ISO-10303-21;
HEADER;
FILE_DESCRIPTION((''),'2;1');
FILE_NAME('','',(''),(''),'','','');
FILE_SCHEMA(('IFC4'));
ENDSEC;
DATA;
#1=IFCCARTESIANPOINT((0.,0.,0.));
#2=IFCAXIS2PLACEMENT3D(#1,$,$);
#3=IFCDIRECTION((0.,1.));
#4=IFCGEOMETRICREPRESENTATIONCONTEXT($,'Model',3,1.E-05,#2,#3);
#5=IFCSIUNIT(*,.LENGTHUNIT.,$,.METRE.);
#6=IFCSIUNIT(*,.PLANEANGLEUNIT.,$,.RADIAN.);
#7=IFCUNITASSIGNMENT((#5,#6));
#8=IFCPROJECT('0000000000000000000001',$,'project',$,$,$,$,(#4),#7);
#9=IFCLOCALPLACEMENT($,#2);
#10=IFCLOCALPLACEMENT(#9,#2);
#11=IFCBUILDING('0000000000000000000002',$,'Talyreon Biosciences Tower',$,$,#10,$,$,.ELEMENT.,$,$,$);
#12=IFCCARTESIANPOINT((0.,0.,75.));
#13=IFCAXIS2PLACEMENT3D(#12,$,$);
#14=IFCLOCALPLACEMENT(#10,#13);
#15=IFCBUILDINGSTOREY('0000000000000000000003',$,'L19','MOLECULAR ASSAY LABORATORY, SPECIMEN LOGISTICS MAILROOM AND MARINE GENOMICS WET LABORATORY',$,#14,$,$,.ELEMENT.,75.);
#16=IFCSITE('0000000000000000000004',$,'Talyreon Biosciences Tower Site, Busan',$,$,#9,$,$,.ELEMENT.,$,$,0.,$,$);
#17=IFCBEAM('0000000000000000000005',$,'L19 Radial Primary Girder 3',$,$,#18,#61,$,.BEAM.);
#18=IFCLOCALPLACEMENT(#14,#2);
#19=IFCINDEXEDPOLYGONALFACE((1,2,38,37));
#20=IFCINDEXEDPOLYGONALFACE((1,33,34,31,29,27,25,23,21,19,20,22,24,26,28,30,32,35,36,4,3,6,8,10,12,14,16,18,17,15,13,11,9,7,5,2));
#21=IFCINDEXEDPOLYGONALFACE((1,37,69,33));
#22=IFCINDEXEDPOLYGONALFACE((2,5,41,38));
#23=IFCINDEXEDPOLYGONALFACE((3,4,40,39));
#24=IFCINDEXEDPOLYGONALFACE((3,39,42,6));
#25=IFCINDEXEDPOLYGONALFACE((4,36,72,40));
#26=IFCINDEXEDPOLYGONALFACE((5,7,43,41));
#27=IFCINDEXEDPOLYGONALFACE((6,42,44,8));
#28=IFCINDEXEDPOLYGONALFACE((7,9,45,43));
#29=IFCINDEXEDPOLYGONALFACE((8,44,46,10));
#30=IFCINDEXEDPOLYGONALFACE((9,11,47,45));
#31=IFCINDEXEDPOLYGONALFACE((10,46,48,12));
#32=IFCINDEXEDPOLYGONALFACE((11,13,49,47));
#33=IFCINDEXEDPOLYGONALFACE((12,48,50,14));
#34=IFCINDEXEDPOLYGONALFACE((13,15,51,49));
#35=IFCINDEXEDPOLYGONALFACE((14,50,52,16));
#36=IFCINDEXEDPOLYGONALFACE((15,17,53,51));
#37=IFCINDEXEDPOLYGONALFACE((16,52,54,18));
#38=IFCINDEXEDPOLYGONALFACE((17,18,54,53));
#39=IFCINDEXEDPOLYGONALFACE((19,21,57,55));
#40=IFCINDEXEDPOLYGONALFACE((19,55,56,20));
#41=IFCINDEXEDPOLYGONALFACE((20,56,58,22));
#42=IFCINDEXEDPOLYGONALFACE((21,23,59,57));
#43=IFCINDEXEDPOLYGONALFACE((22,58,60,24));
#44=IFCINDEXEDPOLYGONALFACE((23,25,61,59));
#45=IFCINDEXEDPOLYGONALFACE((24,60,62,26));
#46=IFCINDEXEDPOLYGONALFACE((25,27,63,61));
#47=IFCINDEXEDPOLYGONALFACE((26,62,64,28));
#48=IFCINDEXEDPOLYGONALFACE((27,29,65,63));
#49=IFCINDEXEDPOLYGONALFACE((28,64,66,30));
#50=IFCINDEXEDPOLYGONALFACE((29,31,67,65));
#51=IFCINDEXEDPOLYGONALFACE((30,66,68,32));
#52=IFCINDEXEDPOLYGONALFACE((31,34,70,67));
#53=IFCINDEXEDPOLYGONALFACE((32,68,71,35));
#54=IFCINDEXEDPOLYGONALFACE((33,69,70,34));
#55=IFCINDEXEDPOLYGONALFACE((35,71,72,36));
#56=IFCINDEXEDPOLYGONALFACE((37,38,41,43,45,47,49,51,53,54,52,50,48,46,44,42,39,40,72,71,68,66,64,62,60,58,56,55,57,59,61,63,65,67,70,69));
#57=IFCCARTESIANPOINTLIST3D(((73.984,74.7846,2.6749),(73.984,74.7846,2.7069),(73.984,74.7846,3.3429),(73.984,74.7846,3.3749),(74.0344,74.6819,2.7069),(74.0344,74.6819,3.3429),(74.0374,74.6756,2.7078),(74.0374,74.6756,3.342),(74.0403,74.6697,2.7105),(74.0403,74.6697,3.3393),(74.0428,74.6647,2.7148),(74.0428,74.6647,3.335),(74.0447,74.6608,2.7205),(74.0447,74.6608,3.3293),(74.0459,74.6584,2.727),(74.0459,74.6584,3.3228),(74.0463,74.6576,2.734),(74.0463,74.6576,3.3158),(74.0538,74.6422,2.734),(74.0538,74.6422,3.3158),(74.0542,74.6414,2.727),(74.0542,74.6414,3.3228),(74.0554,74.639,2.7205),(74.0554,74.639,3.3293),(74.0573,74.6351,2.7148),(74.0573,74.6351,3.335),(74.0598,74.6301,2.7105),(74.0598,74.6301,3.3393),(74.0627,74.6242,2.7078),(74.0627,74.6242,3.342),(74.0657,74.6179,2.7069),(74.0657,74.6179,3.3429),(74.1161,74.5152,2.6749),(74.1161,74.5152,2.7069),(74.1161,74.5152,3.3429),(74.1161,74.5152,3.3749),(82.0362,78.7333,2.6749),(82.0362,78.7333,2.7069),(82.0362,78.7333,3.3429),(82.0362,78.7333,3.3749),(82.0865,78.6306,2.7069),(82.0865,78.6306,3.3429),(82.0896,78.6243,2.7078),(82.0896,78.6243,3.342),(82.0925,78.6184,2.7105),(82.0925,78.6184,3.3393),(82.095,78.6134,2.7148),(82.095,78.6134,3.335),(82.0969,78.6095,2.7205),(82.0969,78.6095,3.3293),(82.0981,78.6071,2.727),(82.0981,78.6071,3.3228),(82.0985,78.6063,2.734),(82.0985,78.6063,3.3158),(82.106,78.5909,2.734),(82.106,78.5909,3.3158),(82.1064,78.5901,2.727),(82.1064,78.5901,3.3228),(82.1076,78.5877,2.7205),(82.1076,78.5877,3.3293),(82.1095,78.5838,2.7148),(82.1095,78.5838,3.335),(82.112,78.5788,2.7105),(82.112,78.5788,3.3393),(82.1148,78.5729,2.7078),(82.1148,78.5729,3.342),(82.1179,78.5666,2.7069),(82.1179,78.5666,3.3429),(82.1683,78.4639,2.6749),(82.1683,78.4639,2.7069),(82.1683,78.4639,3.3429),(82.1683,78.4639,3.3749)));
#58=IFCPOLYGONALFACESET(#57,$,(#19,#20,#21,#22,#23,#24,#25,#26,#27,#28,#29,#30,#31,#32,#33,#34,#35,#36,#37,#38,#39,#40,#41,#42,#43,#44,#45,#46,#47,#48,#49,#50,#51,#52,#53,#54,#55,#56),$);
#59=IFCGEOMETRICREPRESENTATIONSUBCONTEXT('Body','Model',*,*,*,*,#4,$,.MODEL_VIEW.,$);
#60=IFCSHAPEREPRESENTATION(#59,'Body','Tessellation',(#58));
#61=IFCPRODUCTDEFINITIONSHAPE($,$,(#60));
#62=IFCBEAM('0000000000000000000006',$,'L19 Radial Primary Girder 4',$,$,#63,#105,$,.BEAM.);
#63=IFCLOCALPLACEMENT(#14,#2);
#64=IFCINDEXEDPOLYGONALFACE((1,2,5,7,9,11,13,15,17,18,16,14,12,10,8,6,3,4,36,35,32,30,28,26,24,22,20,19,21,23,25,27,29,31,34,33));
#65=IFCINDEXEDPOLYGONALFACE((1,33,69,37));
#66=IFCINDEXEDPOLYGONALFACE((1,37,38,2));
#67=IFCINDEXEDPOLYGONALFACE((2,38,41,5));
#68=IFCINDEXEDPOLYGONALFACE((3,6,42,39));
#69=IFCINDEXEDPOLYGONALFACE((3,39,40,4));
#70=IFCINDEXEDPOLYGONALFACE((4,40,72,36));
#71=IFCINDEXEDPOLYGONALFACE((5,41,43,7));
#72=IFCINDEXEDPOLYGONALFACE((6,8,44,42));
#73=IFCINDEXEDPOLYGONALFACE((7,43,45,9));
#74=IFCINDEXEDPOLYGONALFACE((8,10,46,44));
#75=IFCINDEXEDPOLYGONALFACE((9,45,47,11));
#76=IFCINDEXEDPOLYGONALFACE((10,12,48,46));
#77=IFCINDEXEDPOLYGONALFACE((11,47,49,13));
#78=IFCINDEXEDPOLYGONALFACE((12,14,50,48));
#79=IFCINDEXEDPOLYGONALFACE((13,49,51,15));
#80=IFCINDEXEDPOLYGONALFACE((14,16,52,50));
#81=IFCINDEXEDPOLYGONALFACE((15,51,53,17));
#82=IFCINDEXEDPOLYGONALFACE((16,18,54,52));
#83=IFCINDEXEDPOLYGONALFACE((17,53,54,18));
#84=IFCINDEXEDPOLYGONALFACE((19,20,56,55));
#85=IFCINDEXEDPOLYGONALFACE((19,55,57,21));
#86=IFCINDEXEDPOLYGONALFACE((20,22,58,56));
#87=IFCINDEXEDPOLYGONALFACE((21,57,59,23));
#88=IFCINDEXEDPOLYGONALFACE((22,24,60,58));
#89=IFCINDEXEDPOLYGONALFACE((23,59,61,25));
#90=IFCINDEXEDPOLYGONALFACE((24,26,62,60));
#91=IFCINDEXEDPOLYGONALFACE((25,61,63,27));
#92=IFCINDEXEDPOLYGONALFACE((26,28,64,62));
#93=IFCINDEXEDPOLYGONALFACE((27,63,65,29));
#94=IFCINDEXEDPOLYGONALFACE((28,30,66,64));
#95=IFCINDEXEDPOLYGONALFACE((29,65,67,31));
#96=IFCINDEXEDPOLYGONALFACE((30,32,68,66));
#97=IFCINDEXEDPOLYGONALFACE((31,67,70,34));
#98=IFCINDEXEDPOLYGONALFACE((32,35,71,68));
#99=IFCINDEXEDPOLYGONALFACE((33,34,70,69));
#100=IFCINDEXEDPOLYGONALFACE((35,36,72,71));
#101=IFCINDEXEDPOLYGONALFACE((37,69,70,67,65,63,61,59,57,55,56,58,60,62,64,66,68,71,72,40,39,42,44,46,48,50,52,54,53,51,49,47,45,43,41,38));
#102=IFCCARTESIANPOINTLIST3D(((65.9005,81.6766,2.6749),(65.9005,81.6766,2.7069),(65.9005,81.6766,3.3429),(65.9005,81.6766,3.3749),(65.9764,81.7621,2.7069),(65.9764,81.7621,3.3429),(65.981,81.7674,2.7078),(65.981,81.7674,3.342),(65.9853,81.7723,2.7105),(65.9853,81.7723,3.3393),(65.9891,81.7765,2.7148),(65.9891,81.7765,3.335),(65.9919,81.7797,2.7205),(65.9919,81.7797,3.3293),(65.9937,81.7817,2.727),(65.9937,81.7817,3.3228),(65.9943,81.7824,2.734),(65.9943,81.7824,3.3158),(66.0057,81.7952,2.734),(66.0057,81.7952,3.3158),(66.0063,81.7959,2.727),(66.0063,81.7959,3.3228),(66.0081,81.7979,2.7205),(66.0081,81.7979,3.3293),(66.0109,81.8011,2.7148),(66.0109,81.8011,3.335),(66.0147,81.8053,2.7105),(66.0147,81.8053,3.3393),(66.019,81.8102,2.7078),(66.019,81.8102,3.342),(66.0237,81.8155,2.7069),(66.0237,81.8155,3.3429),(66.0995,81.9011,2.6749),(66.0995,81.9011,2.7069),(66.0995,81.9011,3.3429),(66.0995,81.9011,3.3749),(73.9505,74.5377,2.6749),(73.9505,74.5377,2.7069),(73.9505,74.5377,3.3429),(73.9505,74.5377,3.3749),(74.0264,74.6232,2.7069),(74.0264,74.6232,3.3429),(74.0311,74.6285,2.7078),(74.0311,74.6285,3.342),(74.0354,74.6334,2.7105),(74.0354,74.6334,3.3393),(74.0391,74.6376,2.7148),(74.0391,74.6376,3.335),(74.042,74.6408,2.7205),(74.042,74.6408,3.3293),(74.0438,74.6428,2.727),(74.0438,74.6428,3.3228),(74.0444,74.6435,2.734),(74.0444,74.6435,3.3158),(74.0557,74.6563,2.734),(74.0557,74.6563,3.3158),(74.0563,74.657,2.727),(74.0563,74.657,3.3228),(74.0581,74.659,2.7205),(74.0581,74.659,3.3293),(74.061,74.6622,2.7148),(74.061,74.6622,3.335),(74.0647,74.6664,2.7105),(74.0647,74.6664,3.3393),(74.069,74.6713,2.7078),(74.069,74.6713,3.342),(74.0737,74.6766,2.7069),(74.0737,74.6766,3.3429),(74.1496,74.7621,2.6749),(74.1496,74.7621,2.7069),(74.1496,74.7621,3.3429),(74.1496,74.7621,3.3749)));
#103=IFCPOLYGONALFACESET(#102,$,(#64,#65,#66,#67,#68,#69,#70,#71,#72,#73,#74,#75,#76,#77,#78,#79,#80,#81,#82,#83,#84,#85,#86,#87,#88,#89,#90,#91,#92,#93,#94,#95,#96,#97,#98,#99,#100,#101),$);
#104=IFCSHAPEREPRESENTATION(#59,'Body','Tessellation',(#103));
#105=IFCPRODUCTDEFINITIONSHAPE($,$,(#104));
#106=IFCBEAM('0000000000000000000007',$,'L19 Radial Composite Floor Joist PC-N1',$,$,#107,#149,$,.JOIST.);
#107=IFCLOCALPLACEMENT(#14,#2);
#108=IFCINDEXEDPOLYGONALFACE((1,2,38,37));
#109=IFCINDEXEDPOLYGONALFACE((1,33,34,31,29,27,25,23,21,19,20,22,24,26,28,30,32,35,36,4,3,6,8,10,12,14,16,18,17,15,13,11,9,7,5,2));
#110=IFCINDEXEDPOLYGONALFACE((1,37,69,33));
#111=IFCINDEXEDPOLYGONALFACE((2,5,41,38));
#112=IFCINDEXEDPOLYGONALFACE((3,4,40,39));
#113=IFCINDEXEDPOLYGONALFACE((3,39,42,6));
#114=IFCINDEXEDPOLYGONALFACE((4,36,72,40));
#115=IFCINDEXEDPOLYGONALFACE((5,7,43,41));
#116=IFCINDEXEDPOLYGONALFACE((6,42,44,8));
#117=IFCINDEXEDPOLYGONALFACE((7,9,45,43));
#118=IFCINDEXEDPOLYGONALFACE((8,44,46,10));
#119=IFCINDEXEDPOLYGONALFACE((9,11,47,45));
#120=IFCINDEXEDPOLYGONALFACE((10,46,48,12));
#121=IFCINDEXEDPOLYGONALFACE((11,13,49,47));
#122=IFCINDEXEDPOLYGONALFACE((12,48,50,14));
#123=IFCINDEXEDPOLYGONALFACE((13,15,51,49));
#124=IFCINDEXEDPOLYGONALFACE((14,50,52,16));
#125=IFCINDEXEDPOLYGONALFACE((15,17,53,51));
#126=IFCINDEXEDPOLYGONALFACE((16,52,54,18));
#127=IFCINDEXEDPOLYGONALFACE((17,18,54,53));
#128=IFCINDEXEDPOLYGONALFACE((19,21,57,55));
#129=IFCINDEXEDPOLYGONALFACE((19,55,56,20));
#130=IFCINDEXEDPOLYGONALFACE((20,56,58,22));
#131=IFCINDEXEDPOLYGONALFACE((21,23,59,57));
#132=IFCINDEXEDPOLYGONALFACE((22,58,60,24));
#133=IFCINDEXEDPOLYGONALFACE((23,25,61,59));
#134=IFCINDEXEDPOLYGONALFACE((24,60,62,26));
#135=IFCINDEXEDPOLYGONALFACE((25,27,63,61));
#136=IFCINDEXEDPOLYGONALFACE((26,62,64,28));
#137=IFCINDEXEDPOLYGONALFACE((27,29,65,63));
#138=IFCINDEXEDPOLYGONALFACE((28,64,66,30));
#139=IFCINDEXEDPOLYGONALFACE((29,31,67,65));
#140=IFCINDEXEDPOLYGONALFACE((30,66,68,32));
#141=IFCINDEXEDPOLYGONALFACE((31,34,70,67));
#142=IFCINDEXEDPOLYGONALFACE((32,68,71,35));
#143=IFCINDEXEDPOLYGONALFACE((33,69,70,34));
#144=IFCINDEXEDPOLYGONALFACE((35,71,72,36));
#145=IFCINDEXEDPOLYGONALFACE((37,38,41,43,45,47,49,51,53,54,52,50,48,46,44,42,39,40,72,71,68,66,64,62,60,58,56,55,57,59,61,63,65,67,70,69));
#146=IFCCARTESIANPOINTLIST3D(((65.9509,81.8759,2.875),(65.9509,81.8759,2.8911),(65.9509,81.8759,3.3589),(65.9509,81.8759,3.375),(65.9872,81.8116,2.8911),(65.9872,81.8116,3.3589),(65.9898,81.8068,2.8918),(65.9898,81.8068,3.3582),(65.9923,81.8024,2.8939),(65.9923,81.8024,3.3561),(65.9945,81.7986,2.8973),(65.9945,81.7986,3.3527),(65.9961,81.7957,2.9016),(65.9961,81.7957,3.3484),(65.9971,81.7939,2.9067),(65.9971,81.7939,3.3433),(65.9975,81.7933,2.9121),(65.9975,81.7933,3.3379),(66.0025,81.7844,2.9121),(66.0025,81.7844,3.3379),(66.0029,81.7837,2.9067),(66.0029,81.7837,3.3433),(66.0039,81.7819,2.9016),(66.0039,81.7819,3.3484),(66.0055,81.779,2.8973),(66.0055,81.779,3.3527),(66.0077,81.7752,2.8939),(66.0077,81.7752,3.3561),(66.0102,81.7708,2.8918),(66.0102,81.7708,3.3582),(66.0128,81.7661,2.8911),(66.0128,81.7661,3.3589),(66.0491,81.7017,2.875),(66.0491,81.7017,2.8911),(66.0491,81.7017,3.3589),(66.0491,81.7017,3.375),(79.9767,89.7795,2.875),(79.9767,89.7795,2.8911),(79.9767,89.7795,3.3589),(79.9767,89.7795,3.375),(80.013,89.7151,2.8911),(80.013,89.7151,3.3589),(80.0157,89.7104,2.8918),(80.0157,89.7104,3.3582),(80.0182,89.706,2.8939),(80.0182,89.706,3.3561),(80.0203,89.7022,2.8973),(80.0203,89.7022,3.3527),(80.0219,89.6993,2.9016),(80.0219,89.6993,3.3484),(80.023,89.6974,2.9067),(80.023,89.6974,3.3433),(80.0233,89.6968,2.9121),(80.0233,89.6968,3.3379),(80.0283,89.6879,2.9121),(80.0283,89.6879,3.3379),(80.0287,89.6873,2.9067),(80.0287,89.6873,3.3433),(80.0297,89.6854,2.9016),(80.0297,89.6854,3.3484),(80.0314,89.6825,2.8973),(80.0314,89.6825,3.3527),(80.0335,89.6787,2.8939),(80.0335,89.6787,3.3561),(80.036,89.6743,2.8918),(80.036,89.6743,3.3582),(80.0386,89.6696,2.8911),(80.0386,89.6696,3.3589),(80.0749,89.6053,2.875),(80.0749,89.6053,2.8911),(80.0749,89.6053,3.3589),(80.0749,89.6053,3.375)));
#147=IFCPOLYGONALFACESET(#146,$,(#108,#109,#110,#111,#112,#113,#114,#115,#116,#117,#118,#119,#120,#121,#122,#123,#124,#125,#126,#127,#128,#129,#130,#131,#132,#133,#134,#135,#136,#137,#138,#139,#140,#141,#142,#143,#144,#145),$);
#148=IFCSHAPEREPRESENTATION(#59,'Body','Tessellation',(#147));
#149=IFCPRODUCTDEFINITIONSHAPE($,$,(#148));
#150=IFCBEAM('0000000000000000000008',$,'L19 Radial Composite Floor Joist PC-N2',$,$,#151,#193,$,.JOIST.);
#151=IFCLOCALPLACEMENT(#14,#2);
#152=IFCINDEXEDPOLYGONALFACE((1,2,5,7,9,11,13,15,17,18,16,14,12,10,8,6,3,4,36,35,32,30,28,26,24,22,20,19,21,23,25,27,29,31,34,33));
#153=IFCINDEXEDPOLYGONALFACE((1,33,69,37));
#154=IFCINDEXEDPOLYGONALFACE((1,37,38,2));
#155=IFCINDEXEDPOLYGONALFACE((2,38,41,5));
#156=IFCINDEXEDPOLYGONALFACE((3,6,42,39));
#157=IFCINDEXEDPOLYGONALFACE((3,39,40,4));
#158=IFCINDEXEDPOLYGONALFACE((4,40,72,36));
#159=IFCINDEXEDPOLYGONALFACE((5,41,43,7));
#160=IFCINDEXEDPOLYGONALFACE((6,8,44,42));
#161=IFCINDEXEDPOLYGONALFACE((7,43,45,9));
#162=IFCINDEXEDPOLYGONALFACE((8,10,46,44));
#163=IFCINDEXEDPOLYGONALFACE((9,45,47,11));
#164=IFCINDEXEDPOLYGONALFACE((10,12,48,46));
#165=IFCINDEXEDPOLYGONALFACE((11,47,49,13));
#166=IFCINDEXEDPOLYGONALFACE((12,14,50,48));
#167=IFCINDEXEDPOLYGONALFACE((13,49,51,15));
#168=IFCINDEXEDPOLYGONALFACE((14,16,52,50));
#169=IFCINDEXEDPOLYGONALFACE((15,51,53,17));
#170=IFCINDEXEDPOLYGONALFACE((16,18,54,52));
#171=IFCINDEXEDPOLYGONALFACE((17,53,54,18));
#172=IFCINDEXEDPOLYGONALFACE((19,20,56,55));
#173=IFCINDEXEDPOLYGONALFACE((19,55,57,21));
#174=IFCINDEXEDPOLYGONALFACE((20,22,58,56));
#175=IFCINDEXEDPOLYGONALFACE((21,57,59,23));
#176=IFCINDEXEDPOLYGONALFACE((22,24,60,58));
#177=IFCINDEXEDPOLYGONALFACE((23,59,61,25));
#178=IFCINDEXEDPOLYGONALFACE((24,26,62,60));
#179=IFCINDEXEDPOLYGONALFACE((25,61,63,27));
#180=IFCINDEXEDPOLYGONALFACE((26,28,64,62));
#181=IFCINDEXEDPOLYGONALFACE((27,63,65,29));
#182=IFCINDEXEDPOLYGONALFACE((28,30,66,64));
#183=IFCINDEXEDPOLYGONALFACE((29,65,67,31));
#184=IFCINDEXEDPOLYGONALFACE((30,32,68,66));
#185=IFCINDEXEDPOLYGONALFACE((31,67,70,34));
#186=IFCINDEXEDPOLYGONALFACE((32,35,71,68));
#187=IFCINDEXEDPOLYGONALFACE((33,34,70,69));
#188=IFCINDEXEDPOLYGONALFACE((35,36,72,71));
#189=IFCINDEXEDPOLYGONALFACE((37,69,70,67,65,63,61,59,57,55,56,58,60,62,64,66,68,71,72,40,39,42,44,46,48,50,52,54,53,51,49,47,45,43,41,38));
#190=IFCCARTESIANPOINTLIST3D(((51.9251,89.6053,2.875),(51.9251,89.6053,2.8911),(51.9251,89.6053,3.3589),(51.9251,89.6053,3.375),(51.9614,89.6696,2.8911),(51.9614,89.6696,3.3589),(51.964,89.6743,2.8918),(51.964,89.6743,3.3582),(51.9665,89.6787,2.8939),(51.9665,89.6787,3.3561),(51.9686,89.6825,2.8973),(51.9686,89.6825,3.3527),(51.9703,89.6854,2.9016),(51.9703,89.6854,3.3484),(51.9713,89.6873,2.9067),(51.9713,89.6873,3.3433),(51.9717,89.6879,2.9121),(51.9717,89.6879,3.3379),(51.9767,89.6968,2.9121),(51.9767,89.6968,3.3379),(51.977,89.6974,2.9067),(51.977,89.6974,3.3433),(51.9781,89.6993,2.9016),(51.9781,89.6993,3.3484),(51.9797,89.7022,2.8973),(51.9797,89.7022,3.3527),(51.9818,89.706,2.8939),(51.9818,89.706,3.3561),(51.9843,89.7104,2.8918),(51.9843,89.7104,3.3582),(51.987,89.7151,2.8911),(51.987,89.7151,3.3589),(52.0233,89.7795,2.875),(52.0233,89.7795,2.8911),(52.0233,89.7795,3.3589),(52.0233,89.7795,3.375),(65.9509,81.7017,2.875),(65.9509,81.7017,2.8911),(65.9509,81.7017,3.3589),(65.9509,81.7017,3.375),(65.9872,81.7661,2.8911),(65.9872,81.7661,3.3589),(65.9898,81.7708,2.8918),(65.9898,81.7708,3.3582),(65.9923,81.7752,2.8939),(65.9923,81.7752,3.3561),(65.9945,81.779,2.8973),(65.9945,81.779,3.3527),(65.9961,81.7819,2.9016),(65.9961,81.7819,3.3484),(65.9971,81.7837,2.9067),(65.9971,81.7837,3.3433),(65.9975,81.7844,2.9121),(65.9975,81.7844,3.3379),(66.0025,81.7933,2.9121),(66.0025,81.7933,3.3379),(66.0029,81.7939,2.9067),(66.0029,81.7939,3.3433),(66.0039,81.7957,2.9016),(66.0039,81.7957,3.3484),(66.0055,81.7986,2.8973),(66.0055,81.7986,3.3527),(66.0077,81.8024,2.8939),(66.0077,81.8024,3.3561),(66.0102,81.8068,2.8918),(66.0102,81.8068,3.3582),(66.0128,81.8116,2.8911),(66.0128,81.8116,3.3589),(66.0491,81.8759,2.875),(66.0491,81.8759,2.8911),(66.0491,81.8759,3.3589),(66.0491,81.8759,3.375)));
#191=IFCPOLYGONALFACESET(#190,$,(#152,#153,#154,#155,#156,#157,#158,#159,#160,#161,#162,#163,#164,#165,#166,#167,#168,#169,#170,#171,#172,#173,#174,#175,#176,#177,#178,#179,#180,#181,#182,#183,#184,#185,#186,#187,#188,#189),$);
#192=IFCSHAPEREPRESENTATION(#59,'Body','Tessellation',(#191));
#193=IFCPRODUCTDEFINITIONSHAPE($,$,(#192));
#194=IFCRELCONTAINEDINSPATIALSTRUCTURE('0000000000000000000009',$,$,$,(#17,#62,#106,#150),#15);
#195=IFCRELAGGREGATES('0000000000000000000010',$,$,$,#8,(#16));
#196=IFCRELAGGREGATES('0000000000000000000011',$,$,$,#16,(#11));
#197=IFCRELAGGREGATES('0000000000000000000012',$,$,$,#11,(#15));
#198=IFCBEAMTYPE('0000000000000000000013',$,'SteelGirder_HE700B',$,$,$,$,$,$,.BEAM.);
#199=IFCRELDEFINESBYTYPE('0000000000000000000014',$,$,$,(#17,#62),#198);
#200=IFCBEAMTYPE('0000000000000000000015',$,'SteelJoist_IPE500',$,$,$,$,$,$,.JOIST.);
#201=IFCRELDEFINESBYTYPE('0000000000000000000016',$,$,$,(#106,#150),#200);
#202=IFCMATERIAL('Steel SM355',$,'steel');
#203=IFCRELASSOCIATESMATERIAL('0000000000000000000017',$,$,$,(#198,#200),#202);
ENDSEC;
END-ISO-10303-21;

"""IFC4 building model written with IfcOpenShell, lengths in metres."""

from ifc_helpers import new_model, si_unit, direction, frame, origin, origin_2d, place, context, subcontext, project, spatial, i_section, extrude, material, material_profile, profile_set, type_object, element, save


model = new_model("IFC4")

# Units and contexts
model_context = context("Model", 3, precision=1e-05, world=origin(), true_north=direction((0.0, 1.0)))
body_context = subcontext(model_context, "Body", "Model", "MODEL_VIEW")
ifc_project = project(units=[si_unit("LENGTHUNIT", "METRE"), si_unit("PLANEANGLEUNIT", "RADIAN")], contexts=[model_context])

# Site, building, storey
site_placement = place(None, origin())
site = spatial("IfcSite", under=ifc_project, at=site_placement, Name="Talyreon Biosciences Tower Site, Busan", CompositionType="ELEMENT", RefElevation=0.0)
building_placement = place(site_placement, origin())
building = spatial("IfcBuilding", under=site, at=building_placement, Name="Talyreon Biosciences Tower", CompositionType="ELEMENT")
storey_placement = place(building_placement, frame((0.0, 0.0, 75.0)))
storey = spatial("IfcBuildingStorey", under=building, at=storey_placement, Name="L19", Description="MOLECULAR ASSAY LABORATORY, SPECIMEN LOGISTICS MAILROOM AND MARINE GENOMICS WET LABORATORY", CompositionType="ELEMENT", Elevation=75.0)

# Beams
ifc_material_1 = material(Name="Steel SM355", Category="steel")
ifc_material_profile_1 = material_profile(ifc_material_1, i_section(OverallWidth=0.3, OverallDepth=0.7, WebThickness=0.0171, FlangeThickness=0.032, FilletRadius=0.0271, at=origin_2d()), Name="HE700B")
ifc_profile_set_1 = profile_set([ifc_material_profile_1], Name="Steel SM355")
beam_type_1 = type_object("IfcBeamType", Name="SteelGirder_HE700B", PredefinedType="BEAM", material=ifc_profile_set_1)
beam_1_placement = place(storey_placement, frame((74.05, 74.6499, 3.0249), z_axis=(0.897852, 0.440297, 0.0), x_axis=(-0.440297, 0.897852, 0.0)))
element("IfcBeam", 1, at=beam_1_placement, inside=storey, type_object=beam_type_1, Name="L19 Radial Primary Girder 3", PredefinedType="BEAM", context=body_context, shape_type="SweptSolid", body=[
    extrude(i_section(OverallWidth=0.3, OverallDepth=0.7, WebThickness=0.0171, FlangeThickness=0.032, FilletRadius=0.0271, at=origin_2d()), origin(), (0.0, 0.0, 1.0), 8.9683),
])
beam_2_placement = place(storey_placement, frame((74.05, 74.6499, 3.0249), z_axis=(-0.748179, 0.663497, 0.0), x_axis=(-0.663497, -0.748179, 0.0)))
element("IfcBeam", 2, at=beam_2_placement, inside=storey, type_object=beam_type_1, Name="L19 Radial Primary Girder 4", PredefinedType="BEAM", context=body_context, shape_type="SweptSolid", body=[
    extrude(i_section(OverallWidth=0.3, OverallDepth=0.7, WebThickness=0.0171, FlangeThickness=0.032, FilletRadius=0.0271, at=origin_2d()), origin(), (0.0, 0.0, 1.0), 10.7595),
])
ifc_material_profile_2 = material_profile(ifc_material_1, i_section(OverallWidth=0.2, OverallDepth=0.5, WebThickness=0.0103, FlangeThickness=0.0161, FilletRadius=0.021, at=origin_2d()), Name="IPE500")
ifc_profile_set_2 = profile_set([ifc_material_profile_2], Name="Steel SM355")
beam_type_2 = type_object("IfcBeamType", Name="SteelJoist_IPE500", PredefinedType="JOIST", material=ifc_profile_set_2)
for number, where, z_axis, x_axis, name in (
    (3, (66.0, 81.7888, 3.125), (0.871204, 0.490922, 0.0), (-0.490922, 0.871204, 0.0), "L19 Radial Composite Floor Joist PC-N1"),
    (4, (66.0, 81.7888, 3.125), (-0.871204, 0.490922, 0.0), (-0.490922, -0.871204, 0.0), "L19 Radial Composite Floor Joist PC-N2"),
):
    element("IfcBeam", number, at=place(storey_placement, frame(where, z_axis=z_axis, x_axis=x_axis)), inside=storey, type_object=beam_type_2, Name=name, PredefinedType="JOIST", context=body_context, shape_type="SweptSolid", body=[
        extrude(i_section(OverallWidth=0.2, OverallDepth=0.5, WebThickness=0.0103, FlangeThickness=0.0161, FilletRadius=0.021, at=origin_2d()), origin(), (0.0, 0.0, 1.0), 16.0994),
    ])

save(model, "model.ifc")
